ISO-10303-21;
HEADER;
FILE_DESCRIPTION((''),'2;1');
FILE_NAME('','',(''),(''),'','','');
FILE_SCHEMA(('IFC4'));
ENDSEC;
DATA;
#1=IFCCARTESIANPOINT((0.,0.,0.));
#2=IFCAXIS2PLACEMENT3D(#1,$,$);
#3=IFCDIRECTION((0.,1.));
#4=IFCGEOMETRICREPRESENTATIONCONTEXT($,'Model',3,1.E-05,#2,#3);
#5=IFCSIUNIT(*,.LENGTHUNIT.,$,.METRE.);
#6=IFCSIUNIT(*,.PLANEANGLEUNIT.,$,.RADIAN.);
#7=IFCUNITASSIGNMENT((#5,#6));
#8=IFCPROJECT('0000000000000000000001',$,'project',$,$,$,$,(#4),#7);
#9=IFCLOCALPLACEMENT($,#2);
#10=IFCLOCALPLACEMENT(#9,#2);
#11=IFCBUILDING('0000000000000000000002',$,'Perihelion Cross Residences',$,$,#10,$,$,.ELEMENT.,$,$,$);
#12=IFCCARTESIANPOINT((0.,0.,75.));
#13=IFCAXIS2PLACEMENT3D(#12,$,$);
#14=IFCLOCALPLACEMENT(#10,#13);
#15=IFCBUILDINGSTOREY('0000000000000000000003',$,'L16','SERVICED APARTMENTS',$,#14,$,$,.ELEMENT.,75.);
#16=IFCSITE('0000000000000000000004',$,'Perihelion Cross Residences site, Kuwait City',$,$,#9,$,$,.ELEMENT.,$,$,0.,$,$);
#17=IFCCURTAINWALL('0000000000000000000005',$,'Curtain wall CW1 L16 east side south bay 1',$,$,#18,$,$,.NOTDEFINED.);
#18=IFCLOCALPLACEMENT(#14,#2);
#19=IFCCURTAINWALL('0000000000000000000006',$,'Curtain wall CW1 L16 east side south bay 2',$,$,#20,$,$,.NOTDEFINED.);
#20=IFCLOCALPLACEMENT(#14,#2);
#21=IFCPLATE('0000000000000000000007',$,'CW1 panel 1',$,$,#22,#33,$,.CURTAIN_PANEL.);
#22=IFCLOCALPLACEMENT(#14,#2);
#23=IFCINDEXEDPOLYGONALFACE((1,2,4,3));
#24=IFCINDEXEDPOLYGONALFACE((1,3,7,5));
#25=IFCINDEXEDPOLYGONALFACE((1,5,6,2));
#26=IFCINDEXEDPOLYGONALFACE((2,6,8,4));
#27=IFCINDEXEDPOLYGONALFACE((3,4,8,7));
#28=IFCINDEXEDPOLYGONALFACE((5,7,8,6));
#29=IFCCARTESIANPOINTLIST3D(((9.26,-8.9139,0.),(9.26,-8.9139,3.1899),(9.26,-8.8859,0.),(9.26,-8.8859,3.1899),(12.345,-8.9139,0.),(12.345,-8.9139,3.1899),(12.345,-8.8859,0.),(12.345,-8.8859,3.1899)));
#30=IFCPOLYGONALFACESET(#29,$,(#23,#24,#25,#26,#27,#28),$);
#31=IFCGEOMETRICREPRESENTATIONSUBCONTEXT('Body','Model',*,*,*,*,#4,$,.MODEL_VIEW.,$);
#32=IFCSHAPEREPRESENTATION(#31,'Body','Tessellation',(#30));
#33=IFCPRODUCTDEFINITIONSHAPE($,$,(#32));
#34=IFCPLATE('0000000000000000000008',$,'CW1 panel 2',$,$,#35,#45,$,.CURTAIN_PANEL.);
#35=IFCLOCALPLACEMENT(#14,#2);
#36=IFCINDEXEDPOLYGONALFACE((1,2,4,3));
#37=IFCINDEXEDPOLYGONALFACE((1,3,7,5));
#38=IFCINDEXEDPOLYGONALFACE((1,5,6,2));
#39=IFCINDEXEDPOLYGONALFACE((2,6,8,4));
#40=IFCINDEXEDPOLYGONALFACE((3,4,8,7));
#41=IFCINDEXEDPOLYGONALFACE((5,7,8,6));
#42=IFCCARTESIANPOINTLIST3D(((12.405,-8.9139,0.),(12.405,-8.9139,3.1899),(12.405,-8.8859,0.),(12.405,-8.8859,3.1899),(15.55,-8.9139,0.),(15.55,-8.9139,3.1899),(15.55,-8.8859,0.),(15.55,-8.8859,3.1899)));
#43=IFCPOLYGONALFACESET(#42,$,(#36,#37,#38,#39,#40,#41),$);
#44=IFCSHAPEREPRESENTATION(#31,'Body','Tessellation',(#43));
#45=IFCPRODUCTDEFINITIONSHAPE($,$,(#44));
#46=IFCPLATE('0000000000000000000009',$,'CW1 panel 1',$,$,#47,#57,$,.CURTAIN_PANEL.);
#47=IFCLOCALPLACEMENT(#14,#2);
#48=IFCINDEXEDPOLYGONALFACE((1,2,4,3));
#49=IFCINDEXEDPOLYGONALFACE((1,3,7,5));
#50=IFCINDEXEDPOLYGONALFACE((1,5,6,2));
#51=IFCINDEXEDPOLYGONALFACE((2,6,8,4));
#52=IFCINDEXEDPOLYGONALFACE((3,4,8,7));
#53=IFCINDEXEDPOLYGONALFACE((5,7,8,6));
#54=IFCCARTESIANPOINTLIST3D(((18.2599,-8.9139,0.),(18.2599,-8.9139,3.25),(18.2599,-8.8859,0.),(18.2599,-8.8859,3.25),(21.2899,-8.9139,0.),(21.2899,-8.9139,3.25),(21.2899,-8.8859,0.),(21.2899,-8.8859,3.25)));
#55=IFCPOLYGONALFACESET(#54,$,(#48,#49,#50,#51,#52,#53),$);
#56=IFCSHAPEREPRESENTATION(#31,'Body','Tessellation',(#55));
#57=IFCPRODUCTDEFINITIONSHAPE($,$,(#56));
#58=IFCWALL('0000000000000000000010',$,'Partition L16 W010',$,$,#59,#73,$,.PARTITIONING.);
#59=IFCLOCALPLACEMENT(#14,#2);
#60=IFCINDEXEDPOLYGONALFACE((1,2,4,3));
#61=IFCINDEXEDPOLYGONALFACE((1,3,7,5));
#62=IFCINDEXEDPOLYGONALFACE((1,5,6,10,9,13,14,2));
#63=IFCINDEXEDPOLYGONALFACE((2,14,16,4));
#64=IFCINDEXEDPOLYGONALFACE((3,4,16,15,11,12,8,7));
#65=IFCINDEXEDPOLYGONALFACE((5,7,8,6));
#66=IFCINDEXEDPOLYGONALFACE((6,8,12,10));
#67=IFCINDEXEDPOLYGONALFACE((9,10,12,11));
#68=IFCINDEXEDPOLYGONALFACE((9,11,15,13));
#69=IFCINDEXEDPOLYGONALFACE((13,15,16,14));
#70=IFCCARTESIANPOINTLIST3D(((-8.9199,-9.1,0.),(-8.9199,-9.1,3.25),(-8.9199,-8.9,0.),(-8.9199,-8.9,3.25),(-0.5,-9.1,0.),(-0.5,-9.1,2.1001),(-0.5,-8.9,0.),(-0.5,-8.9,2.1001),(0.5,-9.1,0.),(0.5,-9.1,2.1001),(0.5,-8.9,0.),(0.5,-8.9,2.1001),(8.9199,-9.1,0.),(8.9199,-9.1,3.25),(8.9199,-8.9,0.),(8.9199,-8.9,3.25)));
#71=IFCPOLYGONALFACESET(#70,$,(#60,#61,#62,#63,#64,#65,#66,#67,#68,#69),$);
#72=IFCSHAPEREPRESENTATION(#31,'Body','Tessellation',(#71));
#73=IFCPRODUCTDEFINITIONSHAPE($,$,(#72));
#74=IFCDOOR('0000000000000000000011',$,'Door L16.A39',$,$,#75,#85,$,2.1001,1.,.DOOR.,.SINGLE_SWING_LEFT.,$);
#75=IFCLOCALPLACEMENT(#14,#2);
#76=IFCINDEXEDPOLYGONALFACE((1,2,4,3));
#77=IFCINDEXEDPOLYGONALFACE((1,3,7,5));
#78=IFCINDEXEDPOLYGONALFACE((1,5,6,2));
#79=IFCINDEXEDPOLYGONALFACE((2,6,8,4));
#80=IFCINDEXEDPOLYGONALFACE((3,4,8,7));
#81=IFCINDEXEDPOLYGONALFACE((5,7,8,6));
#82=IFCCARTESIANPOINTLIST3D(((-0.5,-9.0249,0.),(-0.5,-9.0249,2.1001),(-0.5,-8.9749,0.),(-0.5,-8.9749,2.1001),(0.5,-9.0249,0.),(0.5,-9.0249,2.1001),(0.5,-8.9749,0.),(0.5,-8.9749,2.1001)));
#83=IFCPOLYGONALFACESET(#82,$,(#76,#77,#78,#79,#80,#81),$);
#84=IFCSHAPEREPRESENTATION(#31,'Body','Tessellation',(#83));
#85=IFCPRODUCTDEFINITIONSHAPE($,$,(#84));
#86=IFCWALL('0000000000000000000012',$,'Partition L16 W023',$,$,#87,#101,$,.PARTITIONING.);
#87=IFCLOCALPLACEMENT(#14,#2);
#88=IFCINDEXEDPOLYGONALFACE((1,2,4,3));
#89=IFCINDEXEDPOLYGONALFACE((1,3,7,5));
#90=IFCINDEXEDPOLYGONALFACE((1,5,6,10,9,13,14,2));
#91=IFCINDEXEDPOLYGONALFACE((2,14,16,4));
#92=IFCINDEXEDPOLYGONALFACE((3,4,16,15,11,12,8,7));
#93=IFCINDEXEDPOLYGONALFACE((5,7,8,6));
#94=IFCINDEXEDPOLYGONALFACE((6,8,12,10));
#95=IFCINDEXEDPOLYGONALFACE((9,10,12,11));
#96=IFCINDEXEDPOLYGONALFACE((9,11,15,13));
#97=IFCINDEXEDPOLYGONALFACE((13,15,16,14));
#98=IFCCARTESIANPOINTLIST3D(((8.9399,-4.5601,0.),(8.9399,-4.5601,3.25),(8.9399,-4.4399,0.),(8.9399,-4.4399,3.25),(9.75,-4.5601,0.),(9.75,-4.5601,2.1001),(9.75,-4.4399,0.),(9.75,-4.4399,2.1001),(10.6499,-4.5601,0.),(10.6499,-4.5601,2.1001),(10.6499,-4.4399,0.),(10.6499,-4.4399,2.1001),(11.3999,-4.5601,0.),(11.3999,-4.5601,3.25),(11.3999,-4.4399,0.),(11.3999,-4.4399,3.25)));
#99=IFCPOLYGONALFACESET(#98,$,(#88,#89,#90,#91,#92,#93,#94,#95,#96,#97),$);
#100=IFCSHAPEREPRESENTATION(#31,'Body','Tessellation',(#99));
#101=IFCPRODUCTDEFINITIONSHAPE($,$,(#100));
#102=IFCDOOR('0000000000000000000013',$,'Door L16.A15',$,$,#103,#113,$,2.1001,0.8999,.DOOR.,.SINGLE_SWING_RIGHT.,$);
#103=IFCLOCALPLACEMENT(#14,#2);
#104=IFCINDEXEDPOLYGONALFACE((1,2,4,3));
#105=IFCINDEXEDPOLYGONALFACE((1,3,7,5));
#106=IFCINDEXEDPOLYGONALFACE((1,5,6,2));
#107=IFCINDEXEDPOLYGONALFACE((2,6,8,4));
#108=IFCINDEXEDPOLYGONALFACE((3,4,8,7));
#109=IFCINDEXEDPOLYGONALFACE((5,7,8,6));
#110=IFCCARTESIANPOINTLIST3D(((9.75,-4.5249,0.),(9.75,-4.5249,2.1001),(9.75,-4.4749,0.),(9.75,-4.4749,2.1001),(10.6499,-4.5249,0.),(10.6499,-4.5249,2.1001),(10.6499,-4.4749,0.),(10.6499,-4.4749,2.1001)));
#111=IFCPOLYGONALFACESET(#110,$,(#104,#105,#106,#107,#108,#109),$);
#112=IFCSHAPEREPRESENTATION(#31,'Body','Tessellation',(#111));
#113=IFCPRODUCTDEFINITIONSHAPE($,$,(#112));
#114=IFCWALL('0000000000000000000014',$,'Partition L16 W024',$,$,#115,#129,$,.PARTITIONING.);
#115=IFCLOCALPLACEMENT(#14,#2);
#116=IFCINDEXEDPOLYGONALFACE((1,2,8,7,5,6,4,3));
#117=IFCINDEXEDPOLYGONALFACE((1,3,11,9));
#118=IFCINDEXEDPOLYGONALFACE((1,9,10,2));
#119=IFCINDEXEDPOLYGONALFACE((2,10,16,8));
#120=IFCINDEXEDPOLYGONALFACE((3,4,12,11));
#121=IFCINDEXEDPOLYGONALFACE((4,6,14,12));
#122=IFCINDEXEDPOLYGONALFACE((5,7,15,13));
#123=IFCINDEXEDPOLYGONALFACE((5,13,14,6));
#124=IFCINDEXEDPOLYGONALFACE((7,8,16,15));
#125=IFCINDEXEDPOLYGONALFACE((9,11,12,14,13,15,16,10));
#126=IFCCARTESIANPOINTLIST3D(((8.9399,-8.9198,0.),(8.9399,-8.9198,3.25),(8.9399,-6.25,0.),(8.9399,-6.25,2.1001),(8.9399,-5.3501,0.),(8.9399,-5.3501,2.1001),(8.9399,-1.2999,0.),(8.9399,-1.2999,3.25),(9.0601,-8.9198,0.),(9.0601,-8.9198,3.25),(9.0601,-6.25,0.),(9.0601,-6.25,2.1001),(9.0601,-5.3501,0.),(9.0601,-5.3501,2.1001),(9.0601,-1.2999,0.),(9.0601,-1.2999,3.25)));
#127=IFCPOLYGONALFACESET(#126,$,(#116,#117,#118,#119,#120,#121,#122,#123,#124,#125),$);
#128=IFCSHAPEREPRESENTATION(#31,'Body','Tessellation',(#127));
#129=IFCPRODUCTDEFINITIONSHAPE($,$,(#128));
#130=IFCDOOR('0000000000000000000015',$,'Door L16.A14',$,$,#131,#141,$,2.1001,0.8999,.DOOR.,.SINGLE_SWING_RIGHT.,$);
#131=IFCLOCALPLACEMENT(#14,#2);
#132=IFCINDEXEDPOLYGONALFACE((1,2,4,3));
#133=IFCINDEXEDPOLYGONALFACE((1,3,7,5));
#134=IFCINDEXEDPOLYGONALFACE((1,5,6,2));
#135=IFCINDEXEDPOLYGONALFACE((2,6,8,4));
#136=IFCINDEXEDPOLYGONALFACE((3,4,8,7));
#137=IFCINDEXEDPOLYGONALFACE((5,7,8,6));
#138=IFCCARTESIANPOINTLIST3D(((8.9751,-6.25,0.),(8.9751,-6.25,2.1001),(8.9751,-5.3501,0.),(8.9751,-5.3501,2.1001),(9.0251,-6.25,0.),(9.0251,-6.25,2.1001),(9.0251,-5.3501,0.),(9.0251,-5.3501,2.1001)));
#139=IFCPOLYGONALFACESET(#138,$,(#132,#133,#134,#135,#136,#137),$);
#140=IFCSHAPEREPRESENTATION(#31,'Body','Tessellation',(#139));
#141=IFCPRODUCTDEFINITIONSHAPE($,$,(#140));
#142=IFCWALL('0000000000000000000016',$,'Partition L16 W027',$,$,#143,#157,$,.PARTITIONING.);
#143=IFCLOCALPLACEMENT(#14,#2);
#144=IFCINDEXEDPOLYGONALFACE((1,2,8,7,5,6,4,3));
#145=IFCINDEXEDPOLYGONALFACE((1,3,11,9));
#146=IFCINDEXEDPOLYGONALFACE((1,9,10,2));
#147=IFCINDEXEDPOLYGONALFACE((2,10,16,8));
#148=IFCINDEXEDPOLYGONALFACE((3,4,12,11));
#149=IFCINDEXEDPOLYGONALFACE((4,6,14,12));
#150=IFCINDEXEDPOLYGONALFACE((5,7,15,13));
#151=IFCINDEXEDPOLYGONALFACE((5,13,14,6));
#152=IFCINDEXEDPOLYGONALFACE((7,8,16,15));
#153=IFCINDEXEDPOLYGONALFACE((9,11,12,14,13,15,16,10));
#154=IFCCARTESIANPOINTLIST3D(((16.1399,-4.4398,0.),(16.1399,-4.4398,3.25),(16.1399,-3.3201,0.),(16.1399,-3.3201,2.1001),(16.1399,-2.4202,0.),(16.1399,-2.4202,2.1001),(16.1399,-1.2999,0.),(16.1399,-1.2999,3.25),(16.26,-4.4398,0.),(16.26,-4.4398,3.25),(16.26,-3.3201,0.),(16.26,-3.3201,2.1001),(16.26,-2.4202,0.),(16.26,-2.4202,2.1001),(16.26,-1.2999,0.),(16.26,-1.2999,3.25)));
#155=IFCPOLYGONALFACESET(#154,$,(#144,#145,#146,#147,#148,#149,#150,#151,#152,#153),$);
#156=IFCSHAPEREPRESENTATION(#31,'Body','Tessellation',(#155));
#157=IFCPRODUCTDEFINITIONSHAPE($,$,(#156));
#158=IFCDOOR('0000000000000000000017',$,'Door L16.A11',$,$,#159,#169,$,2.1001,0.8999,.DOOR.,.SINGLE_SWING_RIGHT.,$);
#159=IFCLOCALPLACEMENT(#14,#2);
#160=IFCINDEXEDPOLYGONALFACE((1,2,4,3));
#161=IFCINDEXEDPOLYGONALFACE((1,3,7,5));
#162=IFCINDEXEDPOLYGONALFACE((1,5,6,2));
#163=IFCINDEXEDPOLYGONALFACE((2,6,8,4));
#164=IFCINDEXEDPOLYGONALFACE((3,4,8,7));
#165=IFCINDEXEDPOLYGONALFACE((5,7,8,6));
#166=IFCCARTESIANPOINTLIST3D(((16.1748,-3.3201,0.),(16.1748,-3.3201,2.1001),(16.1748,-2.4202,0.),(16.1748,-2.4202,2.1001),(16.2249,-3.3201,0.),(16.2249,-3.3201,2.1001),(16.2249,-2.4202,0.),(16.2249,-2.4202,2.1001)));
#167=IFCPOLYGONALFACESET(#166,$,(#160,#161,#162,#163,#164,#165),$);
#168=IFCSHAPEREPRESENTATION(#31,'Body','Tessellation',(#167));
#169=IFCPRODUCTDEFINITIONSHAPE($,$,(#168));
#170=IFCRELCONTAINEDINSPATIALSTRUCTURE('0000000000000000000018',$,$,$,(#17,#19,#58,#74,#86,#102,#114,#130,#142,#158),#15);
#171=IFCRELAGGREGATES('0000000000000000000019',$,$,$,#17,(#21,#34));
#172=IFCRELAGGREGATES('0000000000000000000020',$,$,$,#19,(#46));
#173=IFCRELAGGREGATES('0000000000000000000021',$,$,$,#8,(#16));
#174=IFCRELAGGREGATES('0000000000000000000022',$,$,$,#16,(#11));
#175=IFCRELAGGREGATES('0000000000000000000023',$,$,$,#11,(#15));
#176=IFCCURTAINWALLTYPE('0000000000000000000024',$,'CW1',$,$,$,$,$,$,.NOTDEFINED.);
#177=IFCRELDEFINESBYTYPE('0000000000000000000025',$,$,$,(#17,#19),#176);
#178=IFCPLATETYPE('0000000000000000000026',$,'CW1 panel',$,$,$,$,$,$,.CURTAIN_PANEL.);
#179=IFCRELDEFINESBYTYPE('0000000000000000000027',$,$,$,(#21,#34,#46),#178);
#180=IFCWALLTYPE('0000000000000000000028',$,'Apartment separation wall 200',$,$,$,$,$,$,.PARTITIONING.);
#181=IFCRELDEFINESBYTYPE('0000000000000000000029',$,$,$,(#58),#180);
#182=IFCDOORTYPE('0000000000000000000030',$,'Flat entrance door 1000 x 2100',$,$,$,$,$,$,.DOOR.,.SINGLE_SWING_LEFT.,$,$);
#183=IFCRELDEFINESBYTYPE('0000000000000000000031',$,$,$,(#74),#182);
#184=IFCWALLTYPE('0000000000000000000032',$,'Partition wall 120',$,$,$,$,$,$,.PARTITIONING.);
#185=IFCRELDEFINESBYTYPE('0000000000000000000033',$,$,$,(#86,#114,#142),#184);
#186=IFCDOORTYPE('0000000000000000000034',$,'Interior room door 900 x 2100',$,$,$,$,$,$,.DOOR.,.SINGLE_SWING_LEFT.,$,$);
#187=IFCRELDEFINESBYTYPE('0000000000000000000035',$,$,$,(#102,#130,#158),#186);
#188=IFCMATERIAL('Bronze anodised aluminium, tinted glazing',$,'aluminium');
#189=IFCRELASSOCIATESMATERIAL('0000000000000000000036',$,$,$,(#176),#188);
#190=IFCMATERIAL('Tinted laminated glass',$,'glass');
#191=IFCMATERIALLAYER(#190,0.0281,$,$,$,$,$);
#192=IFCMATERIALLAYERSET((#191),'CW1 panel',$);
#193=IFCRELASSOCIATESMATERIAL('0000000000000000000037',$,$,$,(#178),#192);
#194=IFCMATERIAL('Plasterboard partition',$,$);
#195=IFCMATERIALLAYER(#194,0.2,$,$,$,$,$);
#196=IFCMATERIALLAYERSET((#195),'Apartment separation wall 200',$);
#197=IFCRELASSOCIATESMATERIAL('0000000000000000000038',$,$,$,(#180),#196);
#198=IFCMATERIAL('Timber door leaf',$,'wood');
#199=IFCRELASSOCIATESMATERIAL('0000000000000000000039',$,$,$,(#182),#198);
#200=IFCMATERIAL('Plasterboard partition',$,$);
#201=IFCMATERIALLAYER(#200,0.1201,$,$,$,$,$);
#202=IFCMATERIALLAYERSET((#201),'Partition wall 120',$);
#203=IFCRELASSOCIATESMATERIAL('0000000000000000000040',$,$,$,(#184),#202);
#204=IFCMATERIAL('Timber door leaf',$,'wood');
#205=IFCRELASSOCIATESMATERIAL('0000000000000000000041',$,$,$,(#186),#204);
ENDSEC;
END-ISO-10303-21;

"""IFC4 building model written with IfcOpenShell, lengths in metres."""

from ifc_helpers import new_model, si_unit, direction, frame, frame_2d, origin, origin_2d, place, context, subcontext, project, spatial, rectangle, extrude, material, layer, layer_set, type_object, element, fill, aggregate, save


model = new_model("IFC4")

# Units and contexts
model_context = context("Model", 3, precision=1e-05, world=origin(), true_north=direction((0.0, 1.0)))
body_context = subcontext(model_context, "Body", "Model", "MODEL_VIEW")
ifc_project = project(units=[si_unit("LENGTHUNIT", "METRE"), si_unit("PLANEANGLEUNIT", "RADIAN")], contexts=[model_context])

# Site, building, storey
site_placement = place(None, origin())
site = spatial("IfcSite", under=ifc_project, at=site_placement, Name="Perihelion Cross Residences site, Kuwait City", CompositionType="ELEMENT", RefElevation=0.0)
building_placement = place(site_placement, origin())
building = spatial("IfcBuilding", under=site, at=building_placement, Name="Perihelion Cross Residences", CompositionType="ELEMENT")
storey_placement = place(building_placement, frame((0.0, 0.0, 75.0)))
storey = spatial("IfcBuildingStorey", under=building, at=storey_placement, Name="L16", Description="SERVICED APARTMENTS", CompositionType="ELEMENT", Elevation=75.0)

# Curtain wall
ifc_material_1 = material(Name="Bronze anodised aluminium, tinted glazing", Category="aluminium")
curtain_wall_type = type_object("IfcCurtainWallType", Name="CW1", PredefinedType="NOTDEFINED", material=ifc_material_1)
curtain_wall_1_placement = place(storey_placement, origin())
curtain_wall_1 = element("IfcCurtainWall", 1, at=curtain_wall_1_placement, inside=storey, type_object=curtain_wall_type, Name="Curtain wall CW1 L16 east side south bay 1", PredefinedType="NOTDEFINED")

# Curtain wall
curtain_wall_2_placement = place(storey_placement, origin())
curtain_wall_2 = element("IfcCurtainWall", 2, at=curtain_wall_2_placement, inside=storey, type_object=curtain_wall_type, Name="Curtain wall CW1 L16 east side south bay 2", PredefinedType="NOTDEFINED")

# Plates
ifc_material_2 = material(Name="Tinted laminated glass", Category="glass")
ifc_layer_1 = layer(ifc_material_2, 0.0281)
ifc_layer_set_1 = layer_set([ifc_layer_1], Name="CW1 panel")
plate_type = type_object("IfcPlateType", Name="CW1 panel", PredefinedType="CURTAIN_PANEL", material=ifc_layer_set_1)
plate_1_placement = place(storey_placement, frame((10.8025, -8.8999, 0.0), z_axis=(0.0, 0.0, 1.0), x_axis=(1.0, 0.0, 0.0)))
plate_1 = element("IfcPlate", 3, at=plate_1_placement, type_object=plate_type, Name="CW1 panel 1", PredefinedType="CURTAIN_PANEL", context=body_context, shape_type="SweptSolid", body=[
    extrude(rectangle(XDim=3.085, YDim=0.0281, at=origin_2d()), origin(), (0.0, 0.0, 1.0), 3.1899),
])
plate_2_placement = place(storey_placement, frame((13.9775, -8.8999, 0.0), z_axis=(0.0, 0.0, 1.0), x_axis=(1.0, 0.0, 0.0)))
plate_2 = element("IfcPlate", 4, at=plate_2_placement, type_object=plate_type, Name="CW1 panel 2", PredefinedType="CURTAIN_PANEL", context=body_context, shape_type="SweptSolid", body=[
    extrude(rectangle(XDim=3.145, YDim=0.0281, at=origin_2d()), origin(), (0.0, 0.0, 1.0), 3.1899),
])
aggregate(curtain_wall_1, [plate_1, plate_2])
plate_3_placement = place(storey_placement, frame((19.7749, -8.8999, 0.0), z_axis=(0.0, 0.0, 1.0), x_axis=(1.0, 0.0, 0.0)))
plate_3 = element("IfcPlate", 5, at=plate_3_placement, type_object=plate_type, Name="CW1 panel 1", PredefinedType="CURTAIN_PANEL", context=body_context, shape_type="SweptSolid", body=[
    extrude(rectangle(XDim=3.03, YDim=0.0281, at=origin_2d()), origin(), (0.0, 0.0, 1.0), 3.25),
])
aggregate(curtain_wall_2, [plate_3])

# Walls, openings, doors
ifc_material_3 = material(Name="Plasterboard partition")
ifc_layer_2 = layer(ifc_material_3, 0.2)
ifc_layer_set_2 = layer_set([ifc_layer_2], Name="Apartment separation wall 200")
wall_type_1 = type_object("IfcWallType", Name="Apartment separation wall 200", PredefinedType="PARTITIONING", material=ifc_layer_set_2)
wall_1_placement = place(storey_placement, frame((8.9199, -9.0, 0.0), z_axis=(0.0, 0.0, 1.0), x_axis=(-1.0, 0.0, 0.0)))
wall_1 = element("IfcWall", 6, at=wall_1_placement, inside=storey, type_object=wall_type_1, Name="Partition L16 W010", PredefinedType="PARTITIONING", context=body_context, shape_type="SweptSolid", body=[
    extrude(rectangle(XDim=17.8398, YDim=0.2, at=frame_2d((8.9199, 0.0))), origin(), (0.0, 0.0, 1.0), 3.25),
])
opening_1_placement = place(wall_1_placement, frame((8.4199, 0.0, 0.0)))
opening_1 = element("IfcOpeningElement", 7, at=opening_1_placement, cuts=wall_1, PredefinedType="OPENING", context=body_context, shape_type="SweptSolid", body=[
    extrude(rectangle(XDim=1.0, YDim=2.1001, at=frame_2d((0.5, 1.05))), frame((0.0, 0.1099, 0.0), z_axis=(0.0, -1.0, 0.0), x_axis=(1.0, 0.0, 0.0)), (0.0, 0.0, 1.0), 0.22),
])
ifc_material_4 = material(Name="Timber door leaf", Category="wood")
door_type_1 = type_object("IfcDoorType", Name="Flat entrance door 1000 x 2100", OperationType="SINGLE_SWING_LEFT", PredefinedType="DOOR", material=ifc_material_4)
door_1_placement = place(opening_1_placement, origin())
door_1 = element("IfcDoor", 8, at=door_1_placement, inside=storey, type_object=door_type_1, Name="Door L16.A39", OperationType="SINGLE_SWING_LEFT", OverallHeight=2.1001, OverallWidth=1.0, PredefinedType="DOOR", context=body_context, shape_type="SweptSolid", body=[
    extrude(rectangle(XDim=1.0, YDim=2.1001, at=frame_2d((0.5, 1.05))), frame((0.0, 0.0249, 0.0), z_axis=(0.0, -1.0, 0.0), x_axis=(1.0, 0.0, 0.0)), (0.0, 0.0, 1.0), 0.05),
])
fill(opening_1, door_1)
ifc_material_5 = material(Name="Plasterboard partition")
ifc_layer_3 = layer(ifc_material_5, 0.1201)
ifc_layer_set_3 = layer_set([ifc_layer_3], Name="Partition wall 120")
wall_type_2 = type_object("IfcWallType", Name="Partition wall 120", PredefinedType="PARTITIONING", material=ifc_layer_set_3)
wall_2_placement = place(storey_placement, frame((11.3999, -4.5, 0.0), z_axis=(0.0, 0.0, 1.0), x_axis=(-1.0, 0.0, 0.0)))
wall_2 = element("IfcWall", 9, at=wall_2_placement, inside=storey, type_object=wall_type_2, Name="Partition L16 W023", PredefinedType="PARTITIONING", context=body_context, shape_type="SweptSolid", body=[
    extrude(rectangle(XDim=2.46, YDim=0.1201, at=frame_2d((1.23, 0.0))), origin(), (0.0, 0.0, 1.0), 3.25),
])
opening_2_placement = place(wall_2_placement, frame((0.75, 0.0, 0.0)))
opening_2 = element("IfcOpeningElement", 10, at=opening_2_placement, cuts=wall_2, PredefinedType="OPENING", context=body_context, shape_type="SweptSolid", body=[
    extrude(rectangle(XDim=0.8999, YDim=2.1001, at=frame_2d((0.45, 1.05))), frame((0.0, 0.0701, 0.0), z_axis=(0.0, -1.0, 0.0), x_axis=(1.0, 0.0, 0.0)), (0.0, 0.0, 1.0), 0.1401),
])
ifc_material_6 = material(Name="Timber door leaf", Category="wood")
door_type_2 = type_object("IfcDoorType", Name="Interior room door 900 x 2100", OperationType="SINGLE_SWING_LEFT", PredefinedType="DOOR", material=ifc_material_6)
door_2_placement = place(opening_2_placement, origin())
door_2 = element("IfcDoor", 11, at=door_2_placement, inside=storey, type_object=door_type_2, Name="Door L16.A15", OperationType="SINGLE_SWING_RIGHT", OverallHeight=2.1001, OverallWidth=0.8999, PredefinedType="DOOR", context=body_context, shape_type="SweptSolid", body=[
    extrude(rectangle(XDim=0.8999, YDim=2.1001, at=frame_2d((0.45, 1.05))), frame((0.0, 0.0249, 0.0), z_axis=(0.0, -1.0, 0.0), x_axis=(1.0, 0.0, 0.0)), (0.0, 0.0, 1.0), 0.05),
])
fill(opening_2, door_2)
wall_3_placement = place(storey_placement, frame((9.0, -8.9199, 0.0), z_axis=(0.0, 0.0, 1.0), x_axis=(0.0, 1.0, 0.0)))
wall_3 = element("IfcWall", 12, at=wall_3_placement, inside=storey, type_object=wall_type_2, Name="Partition L16 W024", PredefinedType="PARTITIONING", context=body_context, shape_type="SweptSolid", body=[
    extrude(rectangle(XDim=7.6199, YDim=0.1201, at=frame_2d((3.8101, 0.0))), origin(), (0.0, 0.0, 1.0), 3.25),
])
opening_3_placement = place(wall_3_placement, frame((2.6699, 0.0, 0.0)))
opening_3 = element("IfcOpeningElement", 13, at=opening_3_placement, cuts=wall_3, PredefinedType="OPENING", context=body_context, shape_type="SweptSolid", body=[
    extrude(rectangle(XDim=0.8999, YDim=2.1001, at=frame_2d((0.45, 1.05))), frame((0.0, 0.0701, 0.0), z_axis=(0.0, -1.0, 0.0), x_axis=(1.0, 0.0, 0.0)), (0.0, 0.0, 1.0), 0.1401),
])
door_3_placement = place(opening_3_placement, origin())
door_3 = element("IfcDoor", 14, at=door_3_placement, inside=storey, type_object=door_type_2, Name="Door L16.A14", OperationType="SINGLE_SWING_RIGHT", OverallHeight=2.1001, OverallWidth=0.8999, PredefinedType="DOOR", context=body_context, shape_type="SweptSolid", body=[
    extrude(rectangle(XDim=0.8999, YDim=2.1001, at=frame_2d((0.45, 1.05))), frame((0.0, 0.0249, 0.0), z_axis=(0.0, -1.0, 0.0), x_axis=(1.0, 0.0, 0.0)), (0.0, 0.0, 1.0), 0.05),
])
fill(opening_3, door_3)
wall_4_placement = place(storey_placement, frame((16.2, -1.3, 0.0), z_axis=(0.0, 0.0, 1.0), x_axis=(0.0, -1.0, 0.0)))
wall_4 = element("IfcWall", 15, at=wall_4_placement, inside=storey, type_object=wall_type_2, Name="Partition L16 W027", PredefinedType="PARTITIONING", context=body_context, shape_type="SweptSolid", body=[
    extrude(rectangle(XDim=3.1399, YDim=0.1201, at=frame_2d((1.5698, 0.0))), origin(), (0.0, 0.0, 1.0), 3.25),
])
opening_4_placement = place(wall_4_placement, frame((1.1201, 0.0, 0.0)))
opening_4 = element("IfcOpeningElement", 16, at=opening_4_placement, cuts=wall_4, PredefinedType="OPENING", context=body_context, shape_type="SweptSolid", body=[
    extrude(rectangle(XDim=0.8999, YDim=2.1001, at=frame_2d((0.45, 1.05))), frame((0.0, 0.0701, 0.0), z_axis=(0.0, -1.0, 0.0), x_axis=(1.0, 0.0, 0.0)), (0.0, 0.0, 1.0), 0.1401),
])
door_4_placement = place(opening_4_placement, origin())
door_4 = element("IfcDoor", 17, at=door_4_placement, inside=storey, type_object=door_type_2, Name="Door L16.A11", OperationType="SINGLE_SWING_RIGHT", OverallHeight=2.1001, OverallWidth=0.8999, PredefinedType="DOOR", context=body_context, shape_type="SweptSolid", body=[
    extrude(rectangle(XDim=0.8999, YDim=2.1001, at=frame_2d((0.45, 1.05))), frame((0.0, 0.0249, 0.0), z_axis=(0.0, -1.0, 0.0), x_axis=(1.0, 0.0, 0.0)), (0.0, 0.0, 1.0), 0.05),
])
fill(opening_4, door_4)

save(model, "model.ifc")
